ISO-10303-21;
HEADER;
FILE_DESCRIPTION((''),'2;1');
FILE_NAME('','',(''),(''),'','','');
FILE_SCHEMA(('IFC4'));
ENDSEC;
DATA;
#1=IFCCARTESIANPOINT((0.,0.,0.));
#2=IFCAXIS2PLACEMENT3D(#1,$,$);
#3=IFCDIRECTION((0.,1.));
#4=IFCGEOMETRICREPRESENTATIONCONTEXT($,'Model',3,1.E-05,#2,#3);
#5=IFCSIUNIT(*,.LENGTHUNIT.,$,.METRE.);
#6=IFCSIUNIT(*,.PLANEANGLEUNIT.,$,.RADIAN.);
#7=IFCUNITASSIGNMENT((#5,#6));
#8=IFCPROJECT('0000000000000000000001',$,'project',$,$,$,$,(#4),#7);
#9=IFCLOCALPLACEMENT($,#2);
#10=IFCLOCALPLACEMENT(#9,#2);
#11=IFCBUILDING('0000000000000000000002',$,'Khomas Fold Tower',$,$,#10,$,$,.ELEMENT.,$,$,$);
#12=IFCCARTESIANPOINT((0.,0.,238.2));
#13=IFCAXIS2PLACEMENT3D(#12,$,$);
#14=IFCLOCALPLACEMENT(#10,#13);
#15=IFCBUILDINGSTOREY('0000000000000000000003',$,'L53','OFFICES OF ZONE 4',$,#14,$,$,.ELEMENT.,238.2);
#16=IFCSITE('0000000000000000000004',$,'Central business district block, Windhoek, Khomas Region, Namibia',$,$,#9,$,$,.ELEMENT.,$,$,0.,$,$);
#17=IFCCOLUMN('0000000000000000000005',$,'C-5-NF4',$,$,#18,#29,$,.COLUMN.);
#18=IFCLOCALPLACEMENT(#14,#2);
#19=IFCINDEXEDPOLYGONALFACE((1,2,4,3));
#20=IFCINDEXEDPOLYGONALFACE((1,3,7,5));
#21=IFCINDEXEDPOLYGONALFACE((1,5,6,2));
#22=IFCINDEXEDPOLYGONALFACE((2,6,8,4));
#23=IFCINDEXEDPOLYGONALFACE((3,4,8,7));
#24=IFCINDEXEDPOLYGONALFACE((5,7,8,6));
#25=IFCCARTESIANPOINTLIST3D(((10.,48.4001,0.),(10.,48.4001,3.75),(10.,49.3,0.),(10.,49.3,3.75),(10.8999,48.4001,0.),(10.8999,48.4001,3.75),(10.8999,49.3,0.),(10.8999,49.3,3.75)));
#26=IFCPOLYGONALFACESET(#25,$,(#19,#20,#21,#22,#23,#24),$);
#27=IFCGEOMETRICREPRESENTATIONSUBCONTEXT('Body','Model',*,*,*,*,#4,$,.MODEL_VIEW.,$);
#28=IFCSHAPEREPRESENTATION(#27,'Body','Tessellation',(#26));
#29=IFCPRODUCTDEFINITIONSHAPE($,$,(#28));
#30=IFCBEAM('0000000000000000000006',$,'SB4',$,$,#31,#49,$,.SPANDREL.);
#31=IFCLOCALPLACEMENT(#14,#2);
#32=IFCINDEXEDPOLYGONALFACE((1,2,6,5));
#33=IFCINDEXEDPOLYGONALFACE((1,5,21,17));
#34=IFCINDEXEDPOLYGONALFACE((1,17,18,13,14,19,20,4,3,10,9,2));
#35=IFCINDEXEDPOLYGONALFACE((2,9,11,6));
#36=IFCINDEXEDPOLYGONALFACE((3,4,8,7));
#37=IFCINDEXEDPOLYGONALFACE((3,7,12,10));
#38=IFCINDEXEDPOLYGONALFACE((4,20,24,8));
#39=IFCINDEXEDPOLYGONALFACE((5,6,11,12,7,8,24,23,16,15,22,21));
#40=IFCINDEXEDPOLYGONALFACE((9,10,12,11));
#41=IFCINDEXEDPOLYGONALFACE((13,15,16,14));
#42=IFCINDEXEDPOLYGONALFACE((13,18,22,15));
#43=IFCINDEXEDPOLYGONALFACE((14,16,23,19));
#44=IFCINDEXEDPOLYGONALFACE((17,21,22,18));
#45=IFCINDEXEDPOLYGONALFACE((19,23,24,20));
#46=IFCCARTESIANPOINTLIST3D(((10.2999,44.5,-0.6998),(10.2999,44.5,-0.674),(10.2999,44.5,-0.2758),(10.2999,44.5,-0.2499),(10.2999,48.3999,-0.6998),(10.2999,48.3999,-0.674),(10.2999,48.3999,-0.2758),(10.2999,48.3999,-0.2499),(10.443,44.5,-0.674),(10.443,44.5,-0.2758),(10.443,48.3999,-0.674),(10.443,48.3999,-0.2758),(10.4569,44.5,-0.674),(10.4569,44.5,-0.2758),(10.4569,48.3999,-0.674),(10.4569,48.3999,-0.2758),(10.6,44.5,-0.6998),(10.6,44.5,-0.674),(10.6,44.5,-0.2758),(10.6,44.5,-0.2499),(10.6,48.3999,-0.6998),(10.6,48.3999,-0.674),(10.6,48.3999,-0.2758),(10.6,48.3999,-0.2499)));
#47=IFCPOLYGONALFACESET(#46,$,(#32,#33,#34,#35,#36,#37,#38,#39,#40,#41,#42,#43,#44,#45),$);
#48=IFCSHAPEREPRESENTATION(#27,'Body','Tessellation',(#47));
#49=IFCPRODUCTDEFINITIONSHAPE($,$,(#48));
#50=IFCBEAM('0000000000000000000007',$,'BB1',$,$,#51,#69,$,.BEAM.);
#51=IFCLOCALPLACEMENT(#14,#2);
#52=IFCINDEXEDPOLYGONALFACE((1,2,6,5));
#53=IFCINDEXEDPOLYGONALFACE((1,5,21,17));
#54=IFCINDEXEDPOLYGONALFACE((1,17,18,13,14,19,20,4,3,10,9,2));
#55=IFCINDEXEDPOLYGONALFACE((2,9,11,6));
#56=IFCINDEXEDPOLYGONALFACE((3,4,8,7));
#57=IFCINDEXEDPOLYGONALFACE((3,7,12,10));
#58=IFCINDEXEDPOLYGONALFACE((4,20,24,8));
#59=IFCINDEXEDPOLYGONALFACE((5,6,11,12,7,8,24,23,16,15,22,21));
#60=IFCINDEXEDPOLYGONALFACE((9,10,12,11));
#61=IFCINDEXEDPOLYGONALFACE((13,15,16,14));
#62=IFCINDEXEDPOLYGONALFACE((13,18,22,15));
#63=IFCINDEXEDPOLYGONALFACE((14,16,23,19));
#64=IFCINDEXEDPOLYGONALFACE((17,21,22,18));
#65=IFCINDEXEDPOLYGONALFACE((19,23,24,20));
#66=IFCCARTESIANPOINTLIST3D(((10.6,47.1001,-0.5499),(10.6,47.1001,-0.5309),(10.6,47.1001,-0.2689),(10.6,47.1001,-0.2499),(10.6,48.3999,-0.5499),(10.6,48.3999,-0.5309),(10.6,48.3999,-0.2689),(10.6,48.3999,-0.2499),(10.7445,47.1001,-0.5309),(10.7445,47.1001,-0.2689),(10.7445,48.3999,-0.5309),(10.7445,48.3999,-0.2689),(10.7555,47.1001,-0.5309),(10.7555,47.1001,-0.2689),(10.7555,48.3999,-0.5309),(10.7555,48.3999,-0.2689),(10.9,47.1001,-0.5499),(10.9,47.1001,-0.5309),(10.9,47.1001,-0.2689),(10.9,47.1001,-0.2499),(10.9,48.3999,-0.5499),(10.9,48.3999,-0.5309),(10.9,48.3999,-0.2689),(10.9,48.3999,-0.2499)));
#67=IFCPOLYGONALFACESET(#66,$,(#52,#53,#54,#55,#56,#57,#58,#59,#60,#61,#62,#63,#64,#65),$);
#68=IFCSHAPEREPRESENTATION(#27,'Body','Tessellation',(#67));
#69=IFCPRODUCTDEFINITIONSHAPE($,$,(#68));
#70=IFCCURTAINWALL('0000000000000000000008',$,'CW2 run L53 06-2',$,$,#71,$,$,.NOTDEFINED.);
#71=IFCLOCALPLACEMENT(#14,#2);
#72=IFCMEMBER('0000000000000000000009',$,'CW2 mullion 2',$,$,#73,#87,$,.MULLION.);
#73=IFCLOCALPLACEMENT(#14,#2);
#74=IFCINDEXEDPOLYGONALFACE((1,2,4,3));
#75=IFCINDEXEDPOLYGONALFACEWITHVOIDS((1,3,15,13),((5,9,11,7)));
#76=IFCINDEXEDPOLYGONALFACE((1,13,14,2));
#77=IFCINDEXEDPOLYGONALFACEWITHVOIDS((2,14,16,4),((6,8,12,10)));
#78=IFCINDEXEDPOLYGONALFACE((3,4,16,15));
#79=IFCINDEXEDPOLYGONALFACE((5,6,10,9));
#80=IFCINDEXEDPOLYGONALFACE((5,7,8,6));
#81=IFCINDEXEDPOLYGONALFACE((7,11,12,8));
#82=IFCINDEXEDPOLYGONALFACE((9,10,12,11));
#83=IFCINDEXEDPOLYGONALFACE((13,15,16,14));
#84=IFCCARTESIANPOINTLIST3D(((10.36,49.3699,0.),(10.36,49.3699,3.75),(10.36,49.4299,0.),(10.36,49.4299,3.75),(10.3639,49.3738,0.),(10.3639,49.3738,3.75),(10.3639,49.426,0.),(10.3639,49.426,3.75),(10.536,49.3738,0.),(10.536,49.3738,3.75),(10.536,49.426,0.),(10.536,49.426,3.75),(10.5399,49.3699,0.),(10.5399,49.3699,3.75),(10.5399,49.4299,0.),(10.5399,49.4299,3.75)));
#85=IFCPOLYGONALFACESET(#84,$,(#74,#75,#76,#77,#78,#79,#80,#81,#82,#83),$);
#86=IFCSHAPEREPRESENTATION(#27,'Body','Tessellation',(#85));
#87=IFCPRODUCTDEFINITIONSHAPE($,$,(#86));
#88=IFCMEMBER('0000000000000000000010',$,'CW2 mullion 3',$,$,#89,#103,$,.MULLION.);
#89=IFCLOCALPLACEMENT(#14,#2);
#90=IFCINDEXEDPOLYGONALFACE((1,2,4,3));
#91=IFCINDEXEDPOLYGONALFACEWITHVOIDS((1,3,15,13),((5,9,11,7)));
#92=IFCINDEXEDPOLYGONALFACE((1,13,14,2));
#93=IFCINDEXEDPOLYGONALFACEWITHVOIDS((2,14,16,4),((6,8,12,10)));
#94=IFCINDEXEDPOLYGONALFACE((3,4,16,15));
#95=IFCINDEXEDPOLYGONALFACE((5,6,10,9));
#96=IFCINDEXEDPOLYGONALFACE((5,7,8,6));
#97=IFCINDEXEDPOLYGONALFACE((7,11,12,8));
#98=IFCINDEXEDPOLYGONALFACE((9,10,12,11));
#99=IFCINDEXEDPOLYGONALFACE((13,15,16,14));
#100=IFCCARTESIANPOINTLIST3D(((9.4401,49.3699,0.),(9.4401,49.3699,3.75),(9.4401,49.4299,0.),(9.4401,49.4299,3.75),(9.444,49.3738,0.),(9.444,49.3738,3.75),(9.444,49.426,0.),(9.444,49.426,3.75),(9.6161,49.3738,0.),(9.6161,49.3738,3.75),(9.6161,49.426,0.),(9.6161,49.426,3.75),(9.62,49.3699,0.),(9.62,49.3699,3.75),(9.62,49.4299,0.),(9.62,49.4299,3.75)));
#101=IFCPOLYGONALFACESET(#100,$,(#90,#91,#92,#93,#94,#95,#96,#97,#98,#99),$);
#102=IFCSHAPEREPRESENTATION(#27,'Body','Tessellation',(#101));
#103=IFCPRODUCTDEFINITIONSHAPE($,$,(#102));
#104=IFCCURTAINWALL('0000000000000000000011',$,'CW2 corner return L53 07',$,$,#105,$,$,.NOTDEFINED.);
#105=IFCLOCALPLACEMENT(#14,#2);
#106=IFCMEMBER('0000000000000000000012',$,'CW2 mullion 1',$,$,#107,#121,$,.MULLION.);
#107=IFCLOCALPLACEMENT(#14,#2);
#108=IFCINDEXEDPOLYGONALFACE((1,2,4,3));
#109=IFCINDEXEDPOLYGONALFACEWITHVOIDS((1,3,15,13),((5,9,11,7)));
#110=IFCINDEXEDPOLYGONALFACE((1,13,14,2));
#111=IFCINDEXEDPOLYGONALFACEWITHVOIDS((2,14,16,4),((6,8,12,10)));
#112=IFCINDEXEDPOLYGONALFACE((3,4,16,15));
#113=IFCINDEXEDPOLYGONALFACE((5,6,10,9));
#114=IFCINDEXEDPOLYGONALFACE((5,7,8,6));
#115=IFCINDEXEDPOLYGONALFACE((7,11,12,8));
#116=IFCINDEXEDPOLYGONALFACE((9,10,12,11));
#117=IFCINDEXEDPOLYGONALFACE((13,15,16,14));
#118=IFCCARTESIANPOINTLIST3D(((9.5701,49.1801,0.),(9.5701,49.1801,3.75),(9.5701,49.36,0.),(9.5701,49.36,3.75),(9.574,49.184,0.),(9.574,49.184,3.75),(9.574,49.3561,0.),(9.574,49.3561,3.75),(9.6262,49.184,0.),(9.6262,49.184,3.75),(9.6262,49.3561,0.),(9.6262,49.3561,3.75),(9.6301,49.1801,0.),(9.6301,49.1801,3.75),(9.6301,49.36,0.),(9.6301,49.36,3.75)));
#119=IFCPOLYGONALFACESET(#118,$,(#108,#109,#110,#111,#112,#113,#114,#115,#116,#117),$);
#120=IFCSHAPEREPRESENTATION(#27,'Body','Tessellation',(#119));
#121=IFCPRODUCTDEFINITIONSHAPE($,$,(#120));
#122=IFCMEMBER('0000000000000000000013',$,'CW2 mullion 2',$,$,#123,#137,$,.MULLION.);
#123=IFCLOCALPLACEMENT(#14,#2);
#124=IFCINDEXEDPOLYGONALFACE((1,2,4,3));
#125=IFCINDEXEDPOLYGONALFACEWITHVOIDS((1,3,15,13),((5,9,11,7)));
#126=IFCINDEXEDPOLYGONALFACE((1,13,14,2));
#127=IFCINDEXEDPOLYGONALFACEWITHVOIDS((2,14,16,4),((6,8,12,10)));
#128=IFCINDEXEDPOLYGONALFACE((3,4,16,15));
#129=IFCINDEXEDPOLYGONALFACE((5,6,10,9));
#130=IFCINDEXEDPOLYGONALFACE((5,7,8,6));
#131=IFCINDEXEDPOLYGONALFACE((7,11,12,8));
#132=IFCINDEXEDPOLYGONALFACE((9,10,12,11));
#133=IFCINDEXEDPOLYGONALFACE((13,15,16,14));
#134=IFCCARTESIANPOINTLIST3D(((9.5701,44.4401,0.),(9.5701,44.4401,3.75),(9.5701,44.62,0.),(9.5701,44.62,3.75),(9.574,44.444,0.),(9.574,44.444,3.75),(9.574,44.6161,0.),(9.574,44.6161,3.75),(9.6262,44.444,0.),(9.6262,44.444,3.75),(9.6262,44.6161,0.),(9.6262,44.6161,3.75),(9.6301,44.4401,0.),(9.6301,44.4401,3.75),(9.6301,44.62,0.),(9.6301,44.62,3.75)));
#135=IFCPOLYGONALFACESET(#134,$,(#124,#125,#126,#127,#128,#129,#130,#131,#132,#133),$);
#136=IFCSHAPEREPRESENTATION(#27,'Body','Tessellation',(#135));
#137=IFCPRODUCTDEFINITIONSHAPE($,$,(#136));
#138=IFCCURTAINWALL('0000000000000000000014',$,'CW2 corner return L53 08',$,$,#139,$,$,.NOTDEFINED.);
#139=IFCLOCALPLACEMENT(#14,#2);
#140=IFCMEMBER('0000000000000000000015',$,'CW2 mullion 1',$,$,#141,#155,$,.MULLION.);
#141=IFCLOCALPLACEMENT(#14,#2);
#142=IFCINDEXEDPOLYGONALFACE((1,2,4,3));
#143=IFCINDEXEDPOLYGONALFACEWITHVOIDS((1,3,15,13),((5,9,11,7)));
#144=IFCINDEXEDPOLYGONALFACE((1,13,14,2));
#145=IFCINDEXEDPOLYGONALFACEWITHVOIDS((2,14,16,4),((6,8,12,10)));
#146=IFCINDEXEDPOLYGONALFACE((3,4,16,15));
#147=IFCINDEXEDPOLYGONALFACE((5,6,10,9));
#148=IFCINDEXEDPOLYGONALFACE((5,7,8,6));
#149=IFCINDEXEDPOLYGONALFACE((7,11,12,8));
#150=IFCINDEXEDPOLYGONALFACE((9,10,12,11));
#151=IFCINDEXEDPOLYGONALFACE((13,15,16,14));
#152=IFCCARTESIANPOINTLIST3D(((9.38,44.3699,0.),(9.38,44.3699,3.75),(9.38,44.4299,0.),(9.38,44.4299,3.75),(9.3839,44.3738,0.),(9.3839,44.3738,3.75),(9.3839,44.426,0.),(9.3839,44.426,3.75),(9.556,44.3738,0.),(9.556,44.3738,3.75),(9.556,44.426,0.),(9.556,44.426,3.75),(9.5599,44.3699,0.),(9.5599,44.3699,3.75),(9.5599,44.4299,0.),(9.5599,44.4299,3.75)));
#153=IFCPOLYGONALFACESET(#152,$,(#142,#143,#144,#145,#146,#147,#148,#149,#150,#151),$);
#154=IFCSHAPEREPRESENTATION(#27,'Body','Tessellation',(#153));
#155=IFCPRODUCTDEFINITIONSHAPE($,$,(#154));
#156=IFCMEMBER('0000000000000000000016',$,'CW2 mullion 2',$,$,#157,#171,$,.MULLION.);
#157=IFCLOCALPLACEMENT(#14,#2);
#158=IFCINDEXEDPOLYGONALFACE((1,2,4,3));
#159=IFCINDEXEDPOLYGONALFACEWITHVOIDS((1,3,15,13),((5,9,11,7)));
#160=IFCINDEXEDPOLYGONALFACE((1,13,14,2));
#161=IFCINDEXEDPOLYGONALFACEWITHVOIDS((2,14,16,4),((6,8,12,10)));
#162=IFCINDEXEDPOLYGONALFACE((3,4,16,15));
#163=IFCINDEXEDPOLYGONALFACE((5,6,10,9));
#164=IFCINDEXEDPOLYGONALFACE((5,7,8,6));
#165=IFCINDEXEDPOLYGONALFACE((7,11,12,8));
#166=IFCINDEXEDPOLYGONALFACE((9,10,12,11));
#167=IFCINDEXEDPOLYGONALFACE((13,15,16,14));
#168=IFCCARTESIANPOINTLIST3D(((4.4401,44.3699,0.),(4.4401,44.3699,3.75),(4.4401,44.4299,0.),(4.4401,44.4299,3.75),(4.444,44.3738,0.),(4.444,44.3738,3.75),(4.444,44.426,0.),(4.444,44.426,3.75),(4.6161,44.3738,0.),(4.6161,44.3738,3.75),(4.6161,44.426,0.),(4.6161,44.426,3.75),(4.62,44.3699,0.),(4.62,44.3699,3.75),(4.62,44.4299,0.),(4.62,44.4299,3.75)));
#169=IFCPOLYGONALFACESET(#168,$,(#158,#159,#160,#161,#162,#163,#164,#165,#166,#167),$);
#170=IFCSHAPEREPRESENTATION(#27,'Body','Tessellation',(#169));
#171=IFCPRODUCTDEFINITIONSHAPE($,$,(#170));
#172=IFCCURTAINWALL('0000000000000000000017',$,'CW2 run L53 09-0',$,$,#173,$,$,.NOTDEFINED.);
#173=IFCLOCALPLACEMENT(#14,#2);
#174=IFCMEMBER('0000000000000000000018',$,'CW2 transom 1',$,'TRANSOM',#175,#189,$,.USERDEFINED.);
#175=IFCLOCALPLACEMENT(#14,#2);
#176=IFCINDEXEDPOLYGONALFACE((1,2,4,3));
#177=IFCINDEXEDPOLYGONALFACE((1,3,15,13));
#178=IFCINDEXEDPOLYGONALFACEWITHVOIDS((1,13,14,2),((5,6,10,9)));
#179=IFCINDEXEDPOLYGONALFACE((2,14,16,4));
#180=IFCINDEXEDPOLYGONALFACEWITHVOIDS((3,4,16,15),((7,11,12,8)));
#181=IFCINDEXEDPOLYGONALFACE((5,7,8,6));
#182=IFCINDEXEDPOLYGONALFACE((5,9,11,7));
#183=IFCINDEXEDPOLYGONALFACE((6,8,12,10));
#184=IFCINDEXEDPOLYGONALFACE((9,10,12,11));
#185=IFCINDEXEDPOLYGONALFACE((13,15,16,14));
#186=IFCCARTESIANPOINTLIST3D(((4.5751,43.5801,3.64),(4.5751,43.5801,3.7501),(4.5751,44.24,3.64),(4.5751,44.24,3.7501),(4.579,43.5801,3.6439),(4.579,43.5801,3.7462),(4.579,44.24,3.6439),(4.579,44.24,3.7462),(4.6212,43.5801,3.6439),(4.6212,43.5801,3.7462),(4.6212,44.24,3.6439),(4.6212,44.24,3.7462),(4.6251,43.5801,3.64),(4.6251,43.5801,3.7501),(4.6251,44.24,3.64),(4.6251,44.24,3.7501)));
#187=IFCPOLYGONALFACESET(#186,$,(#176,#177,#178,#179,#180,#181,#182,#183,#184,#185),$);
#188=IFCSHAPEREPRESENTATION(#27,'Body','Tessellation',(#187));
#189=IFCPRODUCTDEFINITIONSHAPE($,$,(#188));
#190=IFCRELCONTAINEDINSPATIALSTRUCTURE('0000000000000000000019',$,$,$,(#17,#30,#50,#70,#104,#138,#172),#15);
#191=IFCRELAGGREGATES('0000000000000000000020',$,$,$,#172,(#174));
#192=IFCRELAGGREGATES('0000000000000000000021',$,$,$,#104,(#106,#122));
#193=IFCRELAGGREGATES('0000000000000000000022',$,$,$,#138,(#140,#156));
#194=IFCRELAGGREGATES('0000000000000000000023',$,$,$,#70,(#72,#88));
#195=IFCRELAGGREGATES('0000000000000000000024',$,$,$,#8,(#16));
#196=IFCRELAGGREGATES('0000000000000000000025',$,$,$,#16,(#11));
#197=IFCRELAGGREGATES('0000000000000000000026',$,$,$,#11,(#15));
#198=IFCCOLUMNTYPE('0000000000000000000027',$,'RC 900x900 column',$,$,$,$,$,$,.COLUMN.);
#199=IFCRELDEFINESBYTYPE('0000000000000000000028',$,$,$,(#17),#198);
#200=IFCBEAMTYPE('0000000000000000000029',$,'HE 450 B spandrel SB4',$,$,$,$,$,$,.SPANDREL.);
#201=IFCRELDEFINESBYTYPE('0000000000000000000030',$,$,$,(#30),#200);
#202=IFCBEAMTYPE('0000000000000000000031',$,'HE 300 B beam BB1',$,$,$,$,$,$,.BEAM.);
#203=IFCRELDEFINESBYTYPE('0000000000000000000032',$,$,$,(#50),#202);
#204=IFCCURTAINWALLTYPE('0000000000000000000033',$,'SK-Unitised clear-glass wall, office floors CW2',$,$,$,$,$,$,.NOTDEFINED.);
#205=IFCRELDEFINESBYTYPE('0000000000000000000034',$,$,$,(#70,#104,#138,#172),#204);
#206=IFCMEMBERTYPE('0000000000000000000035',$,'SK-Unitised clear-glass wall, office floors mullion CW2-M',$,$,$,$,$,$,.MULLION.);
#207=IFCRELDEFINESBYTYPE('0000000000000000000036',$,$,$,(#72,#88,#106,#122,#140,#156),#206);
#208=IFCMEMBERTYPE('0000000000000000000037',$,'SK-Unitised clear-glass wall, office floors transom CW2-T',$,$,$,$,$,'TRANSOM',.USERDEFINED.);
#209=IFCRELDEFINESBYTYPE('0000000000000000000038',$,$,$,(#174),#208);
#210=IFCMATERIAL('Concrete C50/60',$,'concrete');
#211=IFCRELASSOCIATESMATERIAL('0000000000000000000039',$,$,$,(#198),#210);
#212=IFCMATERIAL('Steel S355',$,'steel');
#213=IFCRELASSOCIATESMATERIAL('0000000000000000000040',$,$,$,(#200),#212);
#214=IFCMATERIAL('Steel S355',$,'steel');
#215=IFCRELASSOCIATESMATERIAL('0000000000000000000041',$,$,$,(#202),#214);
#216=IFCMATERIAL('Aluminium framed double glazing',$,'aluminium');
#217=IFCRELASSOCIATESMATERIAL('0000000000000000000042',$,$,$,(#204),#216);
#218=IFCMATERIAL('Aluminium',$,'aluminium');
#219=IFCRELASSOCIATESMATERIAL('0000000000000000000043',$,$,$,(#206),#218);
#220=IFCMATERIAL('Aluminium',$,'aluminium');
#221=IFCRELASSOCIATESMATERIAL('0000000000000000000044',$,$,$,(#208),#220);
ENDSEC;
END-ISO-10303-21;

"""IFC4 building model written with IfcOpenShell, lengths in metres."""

from ifc_helpers import new_model, si_unit, direction, frame, origin, origin_2d, place, context, subcontext, project, spatial, rectangle, hollow_rectangle, i_section, extrude, source, transform, mapped, material, material_profile, profile_set, type_object, element, aggregate, save


model = new_model("IFC4")

# Units and contexts
model_context = context("Model", 3, precision=1e-05, world=origin(), true_north=direction((0.0, 1.0)))
body_context = subcontext(model_context, "Body", "Model", "MODEL_VIEW")
ifc_project = project(units=[si_unit("LENGTHUNIT", "METRE"), si_unit("PLANEANGLEUNIT", "RADIAN")], contexts=[model_context])

# Site, building, storey
site_placement = place(None, origin())
site = spatial("IfcSite", under=ifc_project, at=site_placement, Name="Central business district block, Windhoek, Khomas Region, Namibia", CompositionType="ELEMENT", RefElevation=0.0)
building_placement = place(site_placement, origin())
building = spatial("IfcBuilding", under=site, at=building_placement, Name="Khomas Fold Tower", CompositionType="ELEMENT")
storey_placement = place(building_placement, frame((0.0, 0.0, 238.2)))
storey = spatial("IfcBuildingStorey", under=building, at=storey_placement, Name="L53", Description="OFFICES OF ZONE 4", CompositionType="ELEMENT", Elevation=238.2)

# Column
ifc_material_1 = material(Name="Concrete C50/60", Category="concrete")
ifc_material_profile_1 = material_profile(ifc_material_1, rectangle(XDim=0.8999, YDim=0.8999, at=origin_2d()), Name="RC 900x900")
ifc_profile_set_1 = profile_set([ifc_material_profile_1], Name="Concrete C50/60")
column_type = type_object("IfcColumnType", Name="RC 900x900 column", PredefinedType="COLUMN", material=ifc_profile_set_1)
shared_shape_1 = source(origin(), body_context, "Body", "SweptSolid", [
    extrude(rectangle(XDim=0.8999, YDim=0.8999, at=origin_2d()), origin(), (0.0, 0.0, 1.0), 3.75),
])
column_placement = place(storey_placement, frame((10.45, 48.8501, 0.0), z_axis=(0.0, 0.0, 1.0), x_axis=(1.0, 0.0, 0.0)))
element("IfcColumn", 1, at=column_placement, inside=storey, type_object=column_type, Name="C-5-NF4", PredefinedType="COLUMN", context=body_context, shape_type="MappedRepresentation", body=[
    mapped(shared_shape_1, transform((0.0, 0.0, 0.0))),
])

# Beams
ifc_material_2 = material(Name="Steel S355", Category="steel")
ifc_material_profile_2 = material_profile(ifc_material_2, i_section(OverallWidth=0.3, OverallDepth=0.45, WebThickness=0.0139, FlangeThickness=0.0259, at=origin_2d()), Name="HE 450 B")
ifc_profile_set_2 = profile_set([ifc_material_profile_2], Name="Steel S355")
beam_type_1 = type_object("IfcBeamType", Name="HE 450 B spandrel SB4", PredefinedType="SPANDREL", material=ifc_profile_set_2)
shared_shape_2 = source(origin(), body_context, "Body", "SweptSolid", [
    extrude(i_section(OverallWidth=0.3, OverallDepth=0.45, WebThickness=0.0139, FlangeThickness=0.0259, at=origin_2d()), origin(), (0.0, 0.0, 1.0), 3.8999),
])
beam_1_placement = place(storey_placement, frame((10.45, 44.5, -0.4749), z_axis=(0.0, 1.0, 0.0), x_axis=(-1.0, 0.0, 0.0)))
element("IfcBeam", 2, at=beam_1_placement, inside=storey, type_object=beam_type_1, Name="SB4", PredefinedType="SPANDREL", context=body_context, shape_type="MappedRepresentation", body=[
    mapped(shared_shape_2, transform((0.0, 0.0, 0.0))),
])
ifc_material_3 = material(Name="Steel S355", Category="steel")
ifc_material_profile_3 = material_profile(ifc_material_3, i_section(OverallWidth=0.3, OverallDepth=0.3, WebThickness=0.011, FlangeThickness=0.019, at=origin_2d()), Name="HE 300 B")
ifc_profile_set_3 = profile_set([ifc_material_profile_3], Name="Steel S355")
beam_type_2 = type_object("IfcBeamType", Name="HE 300 B beam BB1", PredefinedType="BEAM", material=ifc_profile_set_3)
shared_shape_3 = source(origin(), body_context, "Body", "SweptSolid", [
    extrude(i_section(OverallWidth=0.3, OverallDepth=0.3, WebThickness=0.011, FlangeThickness=0.019, at=origin_2d()), origin(), (0.0, 0.0, 1.0), 1.2998),
])
beam_2_placement = place(storey_placement, frame((10.75, 47.1001, -0.3999), z_axis=(0.0, 1.0, 0.0), x_axis=(-1.0, 0.0, 0.0)))
element("IfcBeam", 3, at=beam_2_placement, inside=storey, type_object=beam_type_2, Name="BB1", PredefinedType="BEAM", context=body_context, shape_type="MappedRepresentation", body=[
    mapped(shared_shape_3, transform((0.0, 0.0, 0.0))),
])

# Curtain walls, members
ifc_material_4 = material(Name="Aluminium framed double glazing", Category="aluminium")
curtain_wall_type = type_object("IfcCurtainWallType", Name="SK-Unitised clear-glass wall, office floors CW2", PredefinedType="NOTDEFINED", material=ifc_material_4)
curtain_wall_1_placement = place(storey_placement, origin())
curtain_wall_1 = element("IfcCurtainWall", 4, at=curtain_wall_1_placement, inside=storey, type_object=curtain_wall_type, Name="CW2 run L53 06-2", PredefinedType="NOTDEFINED")
ifc_material_5 = material(Name="Aluminium", Category="aluminium")
ifc_material_profile_4 = material_profile(ifc_material_5, hollow_rectangle(XDim=0.0601, YDim=0.1799, WallThickness=0.0039, at=origin_2d()), Name="SK-Unitised clear-glass wall, office floors mullion CW2-M")
ifc_profile_set_4 = profile_set([ifc_material_profile_4], Name="Aluminium")
member_type_1 = type_object("IfcMemberType", Name="SK-Unitised clear-glass wall, office floors mullion CW2-M", PredefinedType="MULLION", material=ifc_profile_set_4)
shared_shape_4 = source(origin(), body_context, "Body", "SweptSolid", [
    extrude(hollow_rectangle(XDim=0.0601, YDim=0.1799, WallThickness=0.0039, at=origin_2d()), origin(), (0.0, 0.0, 1.0), 3.75),
])
member_1_placement = place(storey_placement, frame((10.45, 49.3999, 0.0), z_axis=(0.0, 0.0, 1.0), x_axis=(0.0, -1.0, 0.0)))
member_1 = element("IfcMember", 5, at=member_1_placement, type_object=member_type_1, Name="CW2 mullion 2", PredefinedType="MULLION", context=body_context, shape_type="MappedRepresentation", body=[
    mapped(shared_shape_4, transform((0.0, 0.0, 0.0))),
])
member_2_placement = place(storey_placement, frame((9.53, 49.3999, 0.0), z_axis=(0.0, 0.0, 1.0), x_axis=(0.0, -1.0, 0.0)))
member_2 = element("IfcMember", 6, at=member_2_placement, type_object=member_type_1, Name="CW2 mullion 3", PredefinedType="MULLION", context=body_context, shape_type="MappedRepresentation", body=[
    mapped(shared_shape_4, transform((0.0, 0.0, 0.0))),
])
curtain_wall_2_placement = place(storey_placement, origin())
curtain_wall_2 = element("IfcCurtainWall", 7, at=curtain_wall_2_placement, inside=storey, type_object=curtain_wall_type, Name="CW2 corner return L53 07", PredefinedType="NOTDEFINED")
member_3_placement = place(storey_placement, frame((9.6001, 49.27, 0.0), z_axis=(0.0, 0.0, 1.0), x_axis=(1.0, 0.0, 0.0)))
member_3 = element("IfcMember", 8, at=member_3_placement, type_object=member_type_1, Name="CW2 mullion 1", PredefinedType="MULLION", context=body_context, shape_type="MappedRepresentation", body=[
    mapped(shared_shape_4, transform((0.0, 0.0, 0.0))),
])
member_4_placement = place(storey_placement, frame((9.6001, 44.53, 0.0), z_axis=(0.0, 0.0, 1.0), x_axis=(1.0, 0.0, 0.0)))
member_4 = element("IfcMember", 9, at=member_4_placement, type_object=member_type_1, Name="CW2 mullion 2", PredefinedType="MULLION", context=body_context, shape_type="MappedRepresentation", body=[
    mapped(shared_shape_4, transform((0.0, 0.0, 0.0))),
])
curtain_wall_3_placement = place(storey_placement, origin())
curtain_wall_3 = element("IfcCurtainWall", 10, at=curtain_wall_3_placement, inside=storey, type_object=curtain_wall_type, Name="CW2 corner return L53 08", PredefinedType="NOTDEFINED")
member_5_placement = place(storey_placement, frame((9.47, 44.3999, 0.0), z_axis=(0.0, 0.0, 1.0), x_axis=(0.0, -1.0, 0.0)))
member_5 = element("IfcMember", 11, at=member_5_placement, type_object=member_type_1, Name="CW2 mullion 1", PredefinedType="MULLION", context=body_context, shape_type="MappedRepresentation", body=[
    mapped(shared_shape_4, transform((0.0, 0.0, 0.0))),
])
member_6_placement = place(storey_placement, frame((4.53, 44.3999, 0.0), z_axis=(0.0, 0.0, 1.0), x_axis=(0.0, -1.0, 0.0)))
member_6 = element("IfcMember", 12, at=member_6_placement, type_object=member_type_1, Name="CW2 mullion 2", PredefinedType="MULLION", context=body_context, shape_type="MappedRepresentation", body=[
    mapped(shared_shape_4, transform((0.0, 0.0, 0.0))),
])

# Curtain wall, member
curtain_wall_4_placement = place(storey_placement, origin())
curtain_wall_4 = element("IfcCurtainWall", 13, at=curtain_wall_4_placement, inside=storey, type_object=curtain_wall_type, Name="CW2 run L53 09-0", PredefinedType="NOTDEFINED")
ifc_material_6 = material(Name="Aluminium", Category="aluminium")
ifc_material_profile_5 = material_profile(ifc_material_6, hollow_rectangle(XDim=0.05, YDim=0.1101, WallThickness=0.0039, at=origin_2d()), Name="SK-Unitised clear-glass wall, office floors transom CW2-T")
ifc_profile_set_5 = profile_set([ifc_material_profile_5], Name="Aluminium")
member_type_2 = type_object("IfcMemberType", Name="SK-Unitised clear-glass wall, office floors transom CW2-T", ElementType="TRANSOM", PredefinedType="USERDEFINED", material=ifc_profile_set_5)
shared_shape_5 = source(origin(), body_context, "Body", "SweptSolid", [
    extrude(hollow_rectangle(XDim=0.05, YDim=0.1101, WallThickness=0.0039, at=origin_2d()), origin(), (0.0, 0.0, 1.0), 0.6599),
])
member_7_placement = place(storey_placement, frame((4.6001, 44.24, 3.6951), z_axis=(0.0, -1.0, 0.0), x_axis=(1.0, 0.0, 0.0)))
member_7 = element("IfcMember", 14, at=member_7_placement, type_object=member_type_2, Name="CW2 transom 1", ObjectType="TRANSOM", PredefinedType="USERDEFINED", context=body_context, shape_type="MappedRepresentation", body=[
    mapped(shared_shape_5, transform((0.0, 0.0, 0.0))),
])

aggregate(curtain_wall_4, [member_7])
aggregate(curtain_wall_2, [member_3, member_4])
aggregate(curtain_wall_3, [member_5, member_6])
aggregate(curtain_wall_1, [member_1, member_2])

save(model, "model.ifc")
